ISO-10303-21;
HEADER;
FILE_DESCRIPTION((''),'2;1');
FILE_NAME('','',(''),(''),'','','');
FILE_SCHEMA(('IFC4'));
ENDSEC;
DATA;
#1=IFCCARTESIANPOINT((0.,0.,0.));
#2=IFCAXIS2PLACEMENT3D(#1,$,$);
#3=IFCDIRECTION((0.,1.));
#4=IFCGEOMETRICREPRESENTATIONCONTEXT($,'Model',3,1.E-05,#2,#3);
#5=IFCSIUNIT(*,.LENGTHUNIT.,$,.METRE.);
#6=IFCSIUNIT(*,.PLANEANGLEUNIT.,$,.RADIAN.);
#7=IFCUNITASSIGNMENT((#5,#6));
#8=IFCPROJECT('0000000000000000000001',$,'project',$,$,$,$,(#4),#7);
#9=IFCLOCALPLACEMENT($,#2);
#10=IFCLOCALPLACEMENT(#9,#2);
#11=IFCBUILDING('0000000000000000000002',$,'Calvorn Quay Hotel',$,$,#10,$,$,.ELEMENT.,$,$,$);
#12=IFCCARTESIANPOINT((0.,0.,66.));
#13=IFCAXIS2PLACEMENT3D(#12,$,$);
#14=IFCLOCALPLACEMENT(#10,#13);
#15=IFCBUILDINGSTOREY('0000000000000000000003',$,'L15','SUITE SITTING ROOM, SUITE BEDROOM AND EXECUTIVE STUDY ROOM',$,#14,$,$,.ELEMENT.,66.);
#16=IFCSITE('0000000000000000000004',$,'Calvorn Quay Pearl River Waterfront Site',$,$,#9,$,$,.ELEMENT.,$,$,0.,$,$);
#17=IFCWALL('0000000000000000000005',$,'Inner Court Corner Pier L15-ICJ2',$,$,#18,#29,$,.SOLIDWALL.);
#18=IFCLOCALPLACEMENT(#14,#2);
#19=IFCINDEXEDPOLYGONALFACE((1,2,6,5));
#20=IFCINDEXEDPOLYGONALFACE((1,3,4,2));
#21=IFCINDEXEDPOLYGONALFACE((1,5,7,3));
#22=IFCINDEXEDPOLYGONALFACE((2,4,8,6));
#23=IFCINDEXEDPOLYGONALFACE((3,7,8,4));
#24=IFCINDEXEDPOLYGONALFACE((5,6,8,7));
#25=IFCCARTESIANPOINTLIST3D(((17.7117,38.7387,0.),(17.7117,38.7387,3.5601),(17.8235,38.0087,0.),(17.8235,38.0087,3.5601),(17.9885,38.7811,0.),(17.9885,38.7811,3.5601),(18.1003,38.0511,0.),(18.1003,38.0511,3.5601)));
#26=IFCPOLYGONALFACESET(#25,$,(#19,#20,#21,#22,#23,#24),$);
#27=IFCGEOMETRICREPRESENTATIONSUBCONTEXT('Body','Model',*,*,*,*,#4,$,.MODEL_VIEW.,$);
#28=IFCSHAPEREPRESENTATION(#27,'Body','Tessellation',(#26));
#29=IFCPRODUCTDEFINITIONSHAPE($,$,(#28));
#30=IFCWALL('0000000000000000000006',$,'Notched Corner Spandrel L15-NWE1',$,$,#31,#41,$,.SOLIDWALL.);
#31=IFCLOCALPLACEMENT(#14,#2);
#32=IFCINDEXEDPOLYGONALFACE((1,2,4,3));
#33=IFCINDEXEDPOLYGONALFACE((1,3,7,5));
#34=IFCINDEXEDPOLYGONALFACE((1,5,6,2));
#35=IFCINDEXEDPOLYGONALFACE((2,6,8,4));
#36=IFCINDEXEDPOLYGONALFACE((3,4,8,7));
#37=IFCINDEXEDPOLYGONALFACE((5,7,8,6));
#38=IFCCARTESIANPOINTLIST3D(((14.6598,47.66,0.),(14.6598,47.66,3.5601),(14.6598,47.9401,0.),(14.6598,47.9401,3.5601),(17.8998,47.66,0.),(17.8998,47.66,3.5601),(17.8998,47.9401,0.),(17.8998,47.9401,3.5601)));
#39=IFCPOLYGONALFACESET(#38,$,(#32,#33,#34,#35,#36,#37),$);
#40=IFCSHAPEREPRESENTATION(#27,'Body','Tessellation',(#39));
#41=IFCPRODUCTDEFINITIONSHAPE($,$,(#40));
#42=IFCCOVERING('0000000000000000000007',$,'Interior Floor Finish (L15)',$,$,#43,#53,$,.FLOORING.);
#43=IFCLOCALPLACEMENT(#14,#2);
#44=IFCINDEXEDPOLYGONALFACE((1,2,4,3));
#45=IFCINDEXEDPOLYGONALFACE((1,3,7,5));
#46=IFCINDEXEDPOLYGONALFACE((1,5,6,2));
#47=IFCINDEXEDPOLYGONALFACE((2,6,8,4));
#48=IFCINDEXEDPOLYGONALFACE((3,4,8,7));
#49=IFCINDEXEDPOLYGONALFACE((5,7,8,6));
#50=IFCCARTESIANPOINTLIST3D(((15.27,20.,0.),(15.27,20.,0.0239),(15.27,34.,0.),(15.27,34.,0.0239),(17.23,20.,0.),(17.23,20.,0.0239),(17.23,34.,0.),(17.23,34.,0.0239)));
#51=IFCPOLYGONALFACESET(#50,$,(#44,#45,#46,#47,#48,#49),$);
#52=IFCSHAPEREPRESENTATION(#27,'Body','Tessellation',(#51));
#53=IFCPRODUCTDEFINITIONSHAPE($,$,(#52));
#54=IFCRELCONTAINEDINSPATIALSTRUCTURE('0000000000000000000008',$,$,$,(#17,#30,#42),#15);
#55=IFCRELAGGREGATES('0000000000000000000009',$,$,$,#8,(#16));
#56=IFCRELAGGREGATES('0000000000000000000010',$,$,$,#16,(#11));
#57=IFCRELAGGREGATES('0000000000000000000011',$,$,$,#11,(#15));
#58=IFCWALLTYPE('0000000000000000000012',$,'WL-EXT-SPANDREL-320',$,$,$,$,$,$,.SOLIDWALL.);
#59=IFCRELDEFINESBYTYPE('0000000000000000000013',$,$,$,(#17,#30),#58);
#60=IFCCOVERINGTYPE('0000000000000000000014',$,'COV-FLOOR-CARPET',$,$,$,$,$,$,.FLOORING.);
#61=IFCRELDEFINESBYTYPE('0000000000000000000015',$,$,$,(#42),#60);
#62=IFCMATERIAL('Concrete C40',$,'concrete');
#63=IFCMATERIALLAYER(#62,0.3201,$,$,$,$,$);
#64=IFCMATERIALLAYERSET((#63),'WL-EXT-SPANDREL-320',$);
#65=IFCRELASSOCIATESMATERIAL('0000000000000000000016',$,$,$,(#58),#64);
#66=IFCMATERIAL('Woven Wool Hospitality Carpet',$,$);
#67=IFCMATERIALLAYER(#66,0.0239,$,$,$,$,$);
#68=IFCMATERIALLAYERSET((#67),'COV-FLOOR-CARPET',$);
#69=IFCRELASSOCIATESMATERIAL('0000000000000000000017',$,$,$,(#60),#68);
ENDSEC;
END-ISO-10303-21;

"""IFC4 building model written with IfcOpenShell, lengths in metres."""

from ifc_helpers import new_model, si_unit, direction, frame, frame_2d, origin, origin_2d, place, context, subcontext, project, spatial, rectangle, extrude, material, layer, layer_set, type_object, element, save


model = new_model("IFC4")

# Units and contexts
model_context = context("Model", 3, precision=1e-05, world=origin(), true_north=direction((0.0, 1.0)))
body_context = subcontext(model_context, "Body", "Model", "MODEL_VIEW")
ifc_project = project(units=[si_unit("LENGTHUNIT", "METRE"), si_unit("PLANEANGLEUNIT", "RADIAN")], contexts=[model_context])

# Site, building, storey
site_placement = place(None, origin())
site = spatial("IfcSite", under=ifc_project, at=site_placement, Name="Calvorn Quay Pearl River Waterfront Site", CompositionType="ELEMENT", RefElevation=0.0)
building_placement = place(site_placement, origin())
building = spatial("IfcBuilding", under=site, at=building_placement, Name="Calvorn Quay Hotel", CompositionType="ELEMENT")
storey_placement = place(building_placement, frame((0.0, 0.0, 66.0)))
storey = spatial("IfcBuildingStorey", under=building, at=storey_placement, Name="L15", Description="SUITE SITTING ROOM, SUITE BEDROOM AND EXECUTIVE STUDY ROOM", CompositionType="ELEMENT", Elevation=66.0)

# Walls
ifc_material_1 = material(Name="Concrete C40", Category="concrete")
ifc_layer_1 = layer(ifc_material_1, 0.3201)
ifc_layer_set_1 = layer_set([ifc_layer_1], Name="WL-EXT-SPANDREL-320")
wall_type = type_object("IfcWallType", Name="WL-EXT-SPANDREL-320", PredefinedType="SOLIDWALL", material=ifc_layer_set_1)
wall_1_placement = place(storey_placement, frame((17.9619, 38.03, 0.0), z_axis=(0.0, 0.0, 1.0), x_axis=(-0.151411, 0.988471, 0.0)))
element("IfcWall", 1, at=wall_1_placement, inside=storey, type_object=wall_type, Name="Inner Court Corner Pier L15-ICJ2", PredefinedType="SOLIDWALL", context=body_context, shape_type="SweptSolid", body=[
    extrude(rectangle(XDim=0.7385, YDim=0.28, at=frame_2d((0.3691, 0.0))), origin(), (0.0, 0.0, 1.0), 3.5601),
])
wall_2_placement = place(storey_placement, frame((17.8999, 47.8, 0.0), z_axis=(0.0, 0.0, 1.0), x_axis=(-1.0, 0.0, 0.0)))
element("IfcWall", 2, at=wall_2_placement, inside=storey, type_object=wall_type, Name="Notched Corner Spandrel L15-NWE1", PredefinedType="SOLIDWALL", context=body_context, shape_type="SweptSolid", body=[
    extrude(rectangle(XDim=3.24, YDim=0.28, at=frame_2d((1.6201, 0.0))), origin(), (0.0, 0.0, 1.0), 3.5601),
])

# Covering
ifc_material_2 = material(Name="Woven Wool Hospitality Carpet")
ifc_layer_2 = layer(ifc_material_2, 0.0239)
ifc_layer_set_2 = layer_set([ifc_layer_2], Name="COV-FLOOR-CARPET")
covering_type = type_object("IfcCoveringType", Name="COV-FLOOR-CARPET", PredefinedType="FLOORING", material=ifc_layer_set_2)
covering_placement = place(storey_placement, frame((16.25, 27.0, 0.0), z_axis=(0.0, 0.0, 1.0), x_axis=(1.0, 0.0, 0.0)))
element("IfcCovering", 3, at=covering_placement, inside=storey, type_object=covering_type, Name="Interior Floor Finish (L15)", PredefinedType="FLOORING", context=body_context, shape_type="SweptSolid", body=[
    extrude(rectangle(XDim=1.96, YDim=14.0, at=origin_2d()), origin(), (0.0, 0.0, 1.0), 0.0239),
])

save(model, "model.ifc")
